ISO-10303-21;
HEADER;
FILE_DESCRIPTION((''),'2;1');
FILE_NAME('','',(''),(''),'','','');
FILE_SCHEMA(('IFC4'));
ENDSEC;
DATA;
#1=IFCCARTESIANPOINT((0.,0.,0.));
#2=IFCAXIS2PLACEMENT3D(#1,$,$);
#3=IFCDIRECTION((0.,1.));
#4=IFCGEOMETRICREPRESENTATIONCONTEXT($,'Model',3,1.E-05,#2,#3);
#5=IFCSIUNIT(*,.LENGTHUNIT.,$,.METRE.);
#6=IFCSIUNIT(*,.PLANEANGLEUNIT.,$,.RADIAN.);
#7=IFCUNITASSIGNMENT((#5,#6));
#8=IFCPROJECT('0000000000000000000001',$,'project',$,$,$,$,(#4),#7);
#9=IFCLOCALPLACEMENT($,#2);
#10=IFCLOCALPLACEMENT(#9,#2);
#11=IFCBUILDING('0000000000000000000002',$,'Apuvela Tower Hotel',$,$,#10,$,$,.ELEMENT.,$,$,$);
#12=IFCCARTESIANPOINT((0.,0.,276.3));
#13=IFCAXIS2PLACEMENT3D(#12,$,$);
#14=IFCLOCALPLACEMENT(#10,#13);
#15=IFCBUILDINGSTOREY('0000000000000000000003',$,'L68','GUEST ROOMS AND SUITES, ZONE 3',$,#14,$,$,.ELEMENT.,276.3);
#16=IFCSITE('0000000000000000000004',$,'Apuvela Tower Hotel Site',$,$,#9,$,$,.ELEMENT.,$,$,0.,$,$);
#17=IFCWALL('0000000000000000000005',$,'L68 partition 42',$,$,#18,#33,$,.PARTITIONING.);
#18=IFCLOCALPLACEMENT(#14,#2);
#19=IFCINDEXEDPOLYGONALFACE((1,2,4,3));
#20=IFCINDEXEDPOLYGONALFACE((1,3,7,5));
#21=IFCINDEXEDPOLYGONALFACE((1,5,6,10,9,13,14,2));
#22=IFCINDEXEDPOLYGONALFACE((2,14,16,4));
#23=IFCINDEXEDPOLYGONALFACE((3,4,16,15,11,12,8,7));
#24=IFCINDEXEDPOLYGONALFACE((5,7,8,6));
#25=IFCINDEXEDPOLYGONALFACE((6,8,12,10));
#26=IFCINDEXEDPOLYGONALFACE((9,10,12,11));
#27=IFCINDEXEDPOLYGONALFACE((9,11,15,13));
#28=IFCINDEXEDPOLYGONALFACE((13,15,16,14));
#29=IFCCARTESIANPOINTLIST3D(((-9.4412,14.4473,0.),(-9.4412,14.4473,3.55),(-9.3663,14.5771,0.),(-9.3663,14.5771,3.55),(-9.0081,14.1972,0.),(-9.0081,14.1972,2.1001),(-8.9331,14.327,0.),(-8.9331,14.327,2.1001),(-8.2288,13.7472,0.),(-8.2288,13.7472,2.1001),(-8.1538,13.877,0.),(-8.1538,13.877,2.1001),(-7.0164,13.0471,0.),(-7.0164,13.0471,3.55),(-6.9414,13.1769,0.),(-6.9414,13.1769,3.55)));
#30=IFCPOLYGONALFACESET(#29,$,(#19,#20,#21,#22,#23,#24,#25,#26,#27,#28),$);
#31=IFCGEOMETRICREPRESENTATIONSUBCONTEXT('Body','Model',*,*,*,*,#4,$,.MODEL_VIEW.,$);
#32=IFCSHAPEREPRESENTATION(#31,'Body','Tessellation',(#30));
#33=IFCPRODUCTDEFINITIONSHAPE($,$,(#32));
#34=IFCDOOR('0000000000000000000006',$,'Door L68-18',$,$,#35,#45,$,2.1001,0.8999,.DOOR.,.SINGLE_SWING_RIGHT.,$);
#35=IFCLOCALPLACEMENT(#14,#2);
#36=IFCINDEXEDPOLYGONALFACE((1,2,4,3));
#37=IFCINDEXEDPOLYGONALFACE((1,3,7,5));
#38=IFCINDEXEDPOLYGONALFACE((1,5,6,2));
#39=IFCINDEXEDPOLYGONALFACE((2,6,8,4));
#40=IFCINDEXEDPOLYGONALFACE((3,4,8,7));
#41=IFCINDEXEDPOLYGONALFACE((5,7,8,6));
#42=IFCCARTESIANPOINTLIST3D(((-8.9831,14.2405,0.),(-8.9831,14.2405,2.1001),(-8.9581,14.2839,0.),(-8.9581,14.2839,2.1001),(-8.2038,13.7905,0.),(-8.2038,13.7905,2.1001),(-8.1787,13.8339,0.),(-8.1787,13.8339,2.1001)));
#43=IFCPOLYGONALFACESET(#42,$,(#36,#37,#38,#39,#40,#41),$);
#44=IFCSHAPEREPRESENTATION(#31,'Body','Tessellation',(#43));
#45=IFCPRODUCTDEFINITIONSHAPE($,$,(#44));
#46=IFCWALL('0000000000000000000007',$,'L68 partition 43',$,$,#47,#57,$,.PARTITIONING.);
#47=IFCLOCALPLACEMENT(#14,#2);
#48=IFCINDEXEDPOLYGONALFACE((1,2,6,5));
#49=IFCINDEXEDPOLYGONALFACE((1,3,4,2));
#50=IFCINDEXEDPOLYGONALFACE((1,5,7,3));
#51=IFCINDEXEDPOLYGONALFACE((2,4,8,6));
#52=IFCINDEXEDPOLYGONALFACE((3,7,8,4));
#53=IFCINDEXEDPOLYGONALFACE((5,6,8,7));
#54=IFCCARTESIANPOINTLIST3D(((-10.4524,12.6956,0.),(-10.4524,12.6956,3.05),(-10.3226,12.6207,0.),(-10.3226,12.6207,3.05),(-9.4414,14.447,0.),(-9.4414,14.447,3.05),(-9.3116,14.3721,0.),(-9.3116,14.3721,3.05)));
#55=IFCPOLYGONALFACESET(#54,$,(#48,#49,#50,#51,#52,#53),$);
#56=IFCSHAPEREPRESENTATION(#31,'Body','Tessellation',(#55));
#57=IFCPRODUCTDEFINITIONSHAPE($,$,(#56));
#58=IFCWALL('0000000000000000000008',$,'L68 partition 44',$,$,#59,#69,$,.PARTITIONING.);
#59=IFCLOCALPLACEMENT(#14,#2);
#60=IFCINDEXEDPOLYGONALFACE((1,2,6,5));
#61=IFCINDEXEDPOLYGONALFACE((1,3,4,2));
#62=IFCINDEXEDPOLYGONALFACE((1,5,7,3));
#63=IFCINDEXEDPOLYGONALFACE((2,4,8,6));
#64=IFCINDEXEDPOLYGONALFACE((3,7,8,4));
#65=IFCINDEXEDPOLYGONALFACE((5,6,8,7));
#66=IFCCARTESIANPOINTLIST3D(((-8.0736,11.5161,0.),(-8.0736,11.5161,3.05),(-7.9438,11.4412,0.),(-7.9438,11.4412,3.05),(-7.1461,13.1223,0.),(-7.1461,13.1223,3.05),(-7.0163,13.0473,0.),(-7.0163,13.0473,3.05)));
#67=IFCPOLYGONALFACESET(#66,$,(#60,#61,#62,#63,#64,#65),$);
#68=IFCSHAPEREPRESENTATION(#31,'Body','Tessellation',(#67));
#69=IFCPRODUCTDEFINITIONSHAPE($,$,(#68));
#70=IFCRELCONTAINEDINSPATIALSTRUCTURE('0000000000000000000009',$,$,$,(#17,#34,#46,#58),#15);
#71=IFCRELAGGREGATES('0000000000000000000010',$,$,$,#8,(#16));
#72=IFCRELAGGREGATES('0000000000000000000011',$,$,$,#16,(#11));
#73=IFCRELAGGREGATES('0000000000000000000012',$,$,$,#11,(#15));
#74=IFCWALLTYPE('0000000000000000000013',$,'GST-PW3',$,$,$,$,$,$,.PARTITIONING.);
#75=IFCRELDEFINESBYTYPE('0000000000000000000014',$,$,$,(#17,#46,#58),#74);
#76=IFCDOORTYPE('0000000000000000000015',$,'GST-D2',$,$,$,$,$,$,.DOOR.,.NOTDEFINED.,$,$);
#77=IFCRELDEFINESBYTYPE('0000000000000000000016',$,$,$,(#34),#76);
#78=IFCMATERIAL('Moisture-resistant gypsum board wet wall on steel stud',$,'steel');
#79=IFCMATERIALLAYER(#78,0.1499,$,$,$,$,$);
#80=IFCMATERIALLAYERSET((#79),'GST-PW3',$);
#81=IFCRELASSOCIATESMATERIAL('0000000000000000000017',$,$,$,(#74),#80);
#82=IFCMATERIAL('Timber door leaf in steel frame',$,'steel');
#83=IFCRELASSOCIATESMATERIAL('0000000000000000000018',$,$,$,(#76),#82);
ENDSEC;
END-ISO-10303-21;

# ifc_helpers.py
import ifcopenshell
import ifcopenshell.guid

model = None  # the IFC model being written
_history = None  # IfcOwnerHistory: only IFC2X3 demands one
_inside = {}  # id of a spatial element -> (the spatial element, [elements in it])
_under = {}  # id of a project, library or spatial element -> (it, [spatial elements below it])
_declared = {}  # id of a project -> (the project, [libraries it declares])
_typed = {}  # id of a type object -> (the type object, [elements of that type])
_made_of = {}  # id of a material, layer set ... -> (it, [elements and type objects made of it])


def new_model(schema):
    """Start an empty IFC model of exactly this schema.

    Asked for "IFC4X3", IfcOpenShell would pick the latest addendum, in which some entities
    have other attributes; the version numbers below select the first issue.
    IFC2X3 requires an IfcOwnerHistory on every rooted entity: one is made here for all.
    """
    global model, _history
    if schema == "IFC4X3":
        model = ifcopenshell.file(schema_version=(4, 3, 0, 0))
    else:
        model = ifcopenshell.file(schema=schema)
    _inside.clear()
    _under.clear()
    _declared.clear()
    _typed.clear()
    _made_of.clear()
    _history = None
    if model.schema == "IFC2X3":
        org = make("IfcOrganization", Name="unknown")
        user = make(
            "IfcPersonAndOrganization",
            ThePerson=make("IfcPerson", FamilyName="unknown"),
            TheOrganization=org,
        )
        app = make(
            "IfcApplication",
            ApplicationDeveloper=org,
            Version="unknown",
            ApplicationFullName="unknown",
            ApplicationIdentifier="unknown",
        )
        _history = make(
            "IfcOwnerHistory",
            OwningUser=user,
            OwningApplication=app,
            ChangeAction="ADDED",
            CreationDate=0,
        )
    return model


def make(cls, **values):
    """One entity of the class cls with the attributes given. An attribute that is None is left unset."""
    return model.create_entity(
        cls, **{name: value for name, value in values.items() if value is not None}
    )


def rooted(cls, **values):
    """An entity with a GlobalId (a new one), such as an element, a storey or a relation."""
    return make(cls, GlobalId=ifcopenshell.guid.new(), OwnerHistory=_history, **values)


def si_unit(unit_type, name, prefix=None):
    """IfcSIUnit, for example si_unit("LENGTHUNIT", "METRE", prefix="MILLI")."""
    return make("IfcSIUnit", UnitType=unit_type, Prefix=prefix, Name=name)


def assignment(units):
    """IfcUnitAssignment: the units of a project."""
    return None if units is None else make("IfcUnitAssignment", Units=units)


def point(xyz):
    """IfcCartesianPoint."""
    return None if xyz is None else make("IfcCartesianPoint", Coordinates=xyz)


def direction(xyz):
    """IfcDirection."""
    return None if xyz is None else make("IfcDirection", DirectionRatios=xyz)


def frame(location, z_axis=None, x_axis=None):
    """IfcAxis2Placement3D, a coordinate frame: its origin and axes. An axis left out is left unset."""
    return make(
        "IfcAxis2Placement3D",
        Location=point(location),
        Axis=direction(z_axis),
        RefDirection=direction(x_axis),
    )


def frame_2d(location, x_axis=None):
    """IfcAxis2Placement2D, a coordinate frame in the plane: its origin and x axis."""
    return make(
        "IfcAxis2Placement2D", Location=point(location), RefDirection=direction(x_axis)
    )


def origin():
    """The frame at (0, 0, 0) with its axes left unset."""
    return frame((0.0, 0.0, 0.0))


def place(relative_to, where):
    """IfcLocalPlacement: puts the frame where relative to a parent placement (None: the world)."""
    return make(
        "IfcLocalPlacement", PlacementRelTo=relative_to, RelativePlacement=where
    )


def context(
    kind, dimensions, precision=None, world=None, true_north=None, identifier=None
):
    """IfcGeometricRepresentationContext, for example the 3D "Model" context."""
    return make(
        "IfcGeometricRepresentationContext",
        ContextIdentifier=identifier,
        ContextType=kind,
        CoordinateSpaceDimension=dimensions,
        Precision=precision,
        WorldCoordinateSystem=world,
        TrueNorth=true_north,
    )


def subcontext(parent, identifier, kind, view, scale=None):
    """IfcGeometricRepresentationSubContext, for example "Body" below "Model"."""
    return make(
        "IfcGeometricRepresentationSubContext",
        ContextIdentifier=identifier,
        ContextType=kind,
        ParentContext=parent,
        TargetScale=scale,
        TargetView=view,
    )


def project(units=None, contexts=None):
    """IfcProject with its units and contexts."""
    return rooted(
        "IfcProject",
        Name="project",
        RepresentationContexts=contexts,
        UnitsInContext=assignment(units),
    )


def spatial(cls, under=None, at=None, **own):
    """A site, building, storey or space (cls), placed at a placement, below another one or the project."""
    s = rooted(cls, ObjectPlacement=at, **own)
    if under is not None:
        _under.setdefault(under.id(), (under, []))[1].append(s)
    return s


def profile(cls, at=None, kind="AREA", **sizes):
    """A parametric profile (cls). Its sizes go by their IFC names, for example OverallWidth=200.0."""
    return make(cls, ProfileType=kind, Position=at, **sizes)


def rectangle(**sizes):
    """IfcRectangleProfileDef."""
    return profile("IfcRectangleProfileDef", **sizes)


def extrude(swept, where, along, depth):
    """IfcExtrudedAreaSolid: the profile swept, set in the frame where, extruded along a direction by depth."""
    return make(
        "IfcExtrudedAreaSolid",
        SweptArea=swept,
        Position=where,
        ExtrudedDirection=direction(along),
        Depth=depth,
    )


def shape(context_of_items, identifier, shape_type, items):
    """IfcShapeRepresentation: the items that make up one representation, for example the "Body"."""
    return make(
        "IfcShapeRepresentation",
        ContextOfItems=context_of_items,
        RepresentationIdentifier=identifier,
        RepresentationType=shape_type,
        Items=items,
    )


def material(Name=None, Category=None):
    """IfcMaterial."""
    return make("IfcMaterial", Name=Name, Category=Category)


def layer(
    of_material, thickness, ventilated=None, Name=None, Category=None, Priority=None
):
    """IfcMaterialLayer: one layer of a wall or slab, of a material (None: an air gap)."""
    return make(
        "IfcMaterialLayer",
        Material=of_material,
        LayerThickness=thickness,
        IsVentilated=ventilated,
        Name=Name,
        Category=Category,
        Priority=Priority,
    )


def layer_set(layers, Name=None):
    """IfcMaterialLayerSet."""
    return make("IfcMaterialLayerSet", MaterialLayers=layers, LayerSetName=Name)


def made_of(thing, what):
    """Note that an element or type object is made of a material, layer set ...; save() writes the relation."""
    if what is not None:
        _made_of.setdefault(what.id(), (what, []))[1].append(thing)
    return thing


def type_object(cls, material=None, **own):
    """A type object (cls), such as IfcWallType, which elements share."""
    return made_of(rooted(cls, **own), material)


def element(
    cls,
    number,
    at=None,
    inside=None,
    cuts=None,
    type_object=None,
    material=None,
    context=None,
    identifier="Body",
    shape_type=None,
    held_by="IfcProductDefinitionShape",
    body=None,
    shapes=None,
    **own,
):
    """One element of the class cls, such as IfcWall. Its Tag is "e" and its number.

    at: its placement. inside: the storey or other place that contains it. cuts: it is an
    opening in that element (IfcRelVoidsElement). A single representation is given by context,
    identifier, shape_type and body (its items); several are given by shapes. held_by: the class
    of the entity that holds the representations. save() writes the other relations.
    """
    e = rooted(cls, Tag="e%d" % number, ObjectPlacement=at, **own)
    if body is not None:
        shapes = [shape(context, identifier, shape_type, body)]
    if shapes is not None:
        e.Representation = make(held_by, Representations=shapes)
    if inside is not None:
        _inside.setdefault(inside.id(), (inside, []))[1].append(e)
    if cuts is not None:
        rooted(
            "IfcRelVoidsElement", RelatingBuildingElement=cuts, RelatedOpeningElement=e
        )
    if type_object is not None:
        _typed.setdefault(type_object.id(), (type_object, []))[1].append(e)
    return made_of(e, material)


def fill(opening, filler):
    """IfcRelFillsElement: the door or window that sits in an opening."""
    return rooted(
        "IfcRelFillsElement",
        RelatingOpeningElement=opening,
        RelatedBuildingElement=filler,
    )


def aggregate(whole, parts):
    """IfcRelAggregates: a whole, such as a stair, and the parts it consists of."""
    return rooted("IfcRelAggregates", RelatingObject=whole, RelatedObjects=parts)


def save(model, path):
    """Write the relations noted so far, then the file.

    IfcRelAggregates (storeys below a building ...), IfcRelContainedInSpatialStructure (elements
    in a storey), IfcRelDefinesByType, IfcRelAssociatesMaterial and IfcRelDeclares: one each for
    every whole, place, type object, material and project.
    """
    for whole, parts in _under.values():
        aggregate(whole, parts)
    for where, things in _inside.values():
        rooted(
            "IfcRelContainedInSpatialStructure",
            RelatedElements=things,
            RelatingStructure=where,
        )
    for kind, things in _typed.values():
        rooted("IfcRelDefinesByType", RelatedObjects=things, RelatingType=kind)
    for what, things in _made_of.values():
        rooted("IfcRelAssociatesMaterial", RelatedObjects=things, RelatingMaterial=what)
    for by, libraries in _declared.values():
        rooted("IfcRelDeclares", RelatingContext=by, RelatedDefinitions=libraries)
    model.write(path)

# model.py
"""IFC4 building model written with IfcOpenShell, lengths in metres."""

from ifc_helpers import new_model, si_unit, direction, frame, frame_2d, origin, place, context, subcontext, project, spatial, rectangle, extrude, material, layer, layer_set, type_object, element, fill, save


model = new_model("IFC4")

# Units and contexts
model_context = context("Model", 3, precision=1e-05, world=origin(), true_north=direction((0.0, 1.0)))
body_context = subcontext(model_context, "Body", "Model", "MODEL_VIEW")
ifc_project = project(units=[si_unit("LENGTHUNIT", "METRE"), si_unit("PLANEANGLEUNIT", "RADIAN")], contexts=[model_context])

# Site, building, storey
site_placement = place(None, origin())
site = spatial("IfcSite", under=ifc_project, at=site_placement, Name="Apuvela Tower Hotel Site", CompositionType="ELEMENT", RefElevation=0.0)
building_placement = place(site_placement, origin())
building = spatial("IfcBuilding", under=site, at=building_placement, Name="Apuvela Tower Hotel", CompositionType="ELEMENT")
storey_placement = place(building_placement, frame((0.0, 0.0, 276.3)))
storey = spatial("IfcBuildingStorey", under=building, at=storey_placement, Name="L68", Description="GUEST ROOMS AND SUITES, ZONE 3", CompositionType="ELEMENT", Elevation=276.3)

# Wall, opening, door
ifc_material_1 = material(Name="Moisture-resistant gypsum board wet wall on steel stud", Category="steel")
ifc_layer_1 = layer(ifc_material_1, 0.1499)
ifc_layer_set_1 = layer_set([ifc_layer_1], Name="GST-PW3")
wall_type_1 = type_object("IfcWallType", Name="GST-PW3", PredefinedType="PARTITIONING", material=ifc_layer_set_1)
wall_1_placement = place(storey_placement, frame((-6.979, 13.1121, 0.0), z_axis=(0.0, 0.0, 1.0), x_axis=(-0.865997, 0.50005, 0.0)))
wall_1 = element("IfcWall", 1, at=wall_1_placement, inside=storey, type_object=wall_type_1, Name="L68 partition 42", PredefinedType="PARTITIONING", context=body_context, shape_type="SweptSolid", body=[
    extrude(rectangle(XDim=2.8, YDim=0.1499, at=frame_2d((1.3999, 0.0))), origin(), (0.0, 0.0, 1.0), 3.55),
])
opening_1_placement = place(wall_1_placement, frame((1.3999, 0.0, 0.0)))
opening_1 = element("IfcOpeningElement", 2, at=opening_1_placement, cuts=wall_1, PredefinedType="OPENING", context=body_context, shape_type="SweptSolid", body=[
    extrude(rectangle(XDim=0.8999, YDim=2.1001, at=frame_2d((0.45, 1.05))), frame((0.0, 0.085, 0.0), z_axis=(0.0, -1.0, 0.0), x_axis=(1.0, 0.0, 0.0)), (0.0, 0.0, 1.0), 0.1699),
])
ifc_material_2 = material(Name="Timber door leaf in steel frame", Category="steel")
door_type_1 = type_object("IfcDoorType", Name="GST-D2", OperationType="NOTDEFINED", PredefinedType="DOOR", material=ifc_material_2)
door_1_placement = place(opening_1_placement, origin())
door_1 = element("IfcDoor", 3, at=door_1_placement, inside=storey, type_object=door_type_1, Name="Door L68-18", OperationType="SINGLE_SWING_RIGHT", OverallHeight=2.1001, OverallWidth=0.8999, PredefinedType="DOOR", context=body_context, shape_type="SweptSolid", body=[
    extrude(rectangle(XDim=0.8999, YDim=2.1001, at=frame_2d((0.45, 1.05))), frame((0.0, 0.0249, 0.0), z_axis=(0.0, -1.0, 0.0), x_axis=(1.0, 0.0, 0.0)), (0.0, 0.0, 1.0), 0.05),
])
fill(opening_1, door_1)

# Walls
wall_2_placement = place(storey_placement, frame((-9.3765, 14.4097, 0.0), z_axis=(0.0, 0.0, 1.0), x_axis=(-0.499918, -0.866073, 0.0)))
element("IfcWall", 4, at=wall_2_placement, inside=storey, type_object=wall_type_1, Name="L68 partition 43", PredefinedType="PARTITIONING", context=body_context, shape_type="SweptSolid", body=[
    extrude(rectangle(XDim=2.0222, YDim=0.1499, at=frame_2d((1.0112, 0.0))), origin(), (0.0, 0.0, 1.0), 3.05),
])
wall_3_placement = place(storey_placement, frame((-7.0813, 13.0847, 0.0), z_axis=(0.0, 0.0, 1.0), x_axis=(-0.50006, -0.86599, 0.0)))
element("IfcWall", 5, at=wall_3_placement, inside=storey, type_object=wall_type_1, Name="L68 partition 44", PredefinedType="PARTITIONING", context=body_context, shape_type="SweptSolid", body=[
    extrude(rectangle(XDim=1.8547, YDim=0.1499, at=frame_2d((0.9272, 0.0))), origin(), (0.0, 0.0, 1.0), 3.05),
])

save(model, "model.ifc")
